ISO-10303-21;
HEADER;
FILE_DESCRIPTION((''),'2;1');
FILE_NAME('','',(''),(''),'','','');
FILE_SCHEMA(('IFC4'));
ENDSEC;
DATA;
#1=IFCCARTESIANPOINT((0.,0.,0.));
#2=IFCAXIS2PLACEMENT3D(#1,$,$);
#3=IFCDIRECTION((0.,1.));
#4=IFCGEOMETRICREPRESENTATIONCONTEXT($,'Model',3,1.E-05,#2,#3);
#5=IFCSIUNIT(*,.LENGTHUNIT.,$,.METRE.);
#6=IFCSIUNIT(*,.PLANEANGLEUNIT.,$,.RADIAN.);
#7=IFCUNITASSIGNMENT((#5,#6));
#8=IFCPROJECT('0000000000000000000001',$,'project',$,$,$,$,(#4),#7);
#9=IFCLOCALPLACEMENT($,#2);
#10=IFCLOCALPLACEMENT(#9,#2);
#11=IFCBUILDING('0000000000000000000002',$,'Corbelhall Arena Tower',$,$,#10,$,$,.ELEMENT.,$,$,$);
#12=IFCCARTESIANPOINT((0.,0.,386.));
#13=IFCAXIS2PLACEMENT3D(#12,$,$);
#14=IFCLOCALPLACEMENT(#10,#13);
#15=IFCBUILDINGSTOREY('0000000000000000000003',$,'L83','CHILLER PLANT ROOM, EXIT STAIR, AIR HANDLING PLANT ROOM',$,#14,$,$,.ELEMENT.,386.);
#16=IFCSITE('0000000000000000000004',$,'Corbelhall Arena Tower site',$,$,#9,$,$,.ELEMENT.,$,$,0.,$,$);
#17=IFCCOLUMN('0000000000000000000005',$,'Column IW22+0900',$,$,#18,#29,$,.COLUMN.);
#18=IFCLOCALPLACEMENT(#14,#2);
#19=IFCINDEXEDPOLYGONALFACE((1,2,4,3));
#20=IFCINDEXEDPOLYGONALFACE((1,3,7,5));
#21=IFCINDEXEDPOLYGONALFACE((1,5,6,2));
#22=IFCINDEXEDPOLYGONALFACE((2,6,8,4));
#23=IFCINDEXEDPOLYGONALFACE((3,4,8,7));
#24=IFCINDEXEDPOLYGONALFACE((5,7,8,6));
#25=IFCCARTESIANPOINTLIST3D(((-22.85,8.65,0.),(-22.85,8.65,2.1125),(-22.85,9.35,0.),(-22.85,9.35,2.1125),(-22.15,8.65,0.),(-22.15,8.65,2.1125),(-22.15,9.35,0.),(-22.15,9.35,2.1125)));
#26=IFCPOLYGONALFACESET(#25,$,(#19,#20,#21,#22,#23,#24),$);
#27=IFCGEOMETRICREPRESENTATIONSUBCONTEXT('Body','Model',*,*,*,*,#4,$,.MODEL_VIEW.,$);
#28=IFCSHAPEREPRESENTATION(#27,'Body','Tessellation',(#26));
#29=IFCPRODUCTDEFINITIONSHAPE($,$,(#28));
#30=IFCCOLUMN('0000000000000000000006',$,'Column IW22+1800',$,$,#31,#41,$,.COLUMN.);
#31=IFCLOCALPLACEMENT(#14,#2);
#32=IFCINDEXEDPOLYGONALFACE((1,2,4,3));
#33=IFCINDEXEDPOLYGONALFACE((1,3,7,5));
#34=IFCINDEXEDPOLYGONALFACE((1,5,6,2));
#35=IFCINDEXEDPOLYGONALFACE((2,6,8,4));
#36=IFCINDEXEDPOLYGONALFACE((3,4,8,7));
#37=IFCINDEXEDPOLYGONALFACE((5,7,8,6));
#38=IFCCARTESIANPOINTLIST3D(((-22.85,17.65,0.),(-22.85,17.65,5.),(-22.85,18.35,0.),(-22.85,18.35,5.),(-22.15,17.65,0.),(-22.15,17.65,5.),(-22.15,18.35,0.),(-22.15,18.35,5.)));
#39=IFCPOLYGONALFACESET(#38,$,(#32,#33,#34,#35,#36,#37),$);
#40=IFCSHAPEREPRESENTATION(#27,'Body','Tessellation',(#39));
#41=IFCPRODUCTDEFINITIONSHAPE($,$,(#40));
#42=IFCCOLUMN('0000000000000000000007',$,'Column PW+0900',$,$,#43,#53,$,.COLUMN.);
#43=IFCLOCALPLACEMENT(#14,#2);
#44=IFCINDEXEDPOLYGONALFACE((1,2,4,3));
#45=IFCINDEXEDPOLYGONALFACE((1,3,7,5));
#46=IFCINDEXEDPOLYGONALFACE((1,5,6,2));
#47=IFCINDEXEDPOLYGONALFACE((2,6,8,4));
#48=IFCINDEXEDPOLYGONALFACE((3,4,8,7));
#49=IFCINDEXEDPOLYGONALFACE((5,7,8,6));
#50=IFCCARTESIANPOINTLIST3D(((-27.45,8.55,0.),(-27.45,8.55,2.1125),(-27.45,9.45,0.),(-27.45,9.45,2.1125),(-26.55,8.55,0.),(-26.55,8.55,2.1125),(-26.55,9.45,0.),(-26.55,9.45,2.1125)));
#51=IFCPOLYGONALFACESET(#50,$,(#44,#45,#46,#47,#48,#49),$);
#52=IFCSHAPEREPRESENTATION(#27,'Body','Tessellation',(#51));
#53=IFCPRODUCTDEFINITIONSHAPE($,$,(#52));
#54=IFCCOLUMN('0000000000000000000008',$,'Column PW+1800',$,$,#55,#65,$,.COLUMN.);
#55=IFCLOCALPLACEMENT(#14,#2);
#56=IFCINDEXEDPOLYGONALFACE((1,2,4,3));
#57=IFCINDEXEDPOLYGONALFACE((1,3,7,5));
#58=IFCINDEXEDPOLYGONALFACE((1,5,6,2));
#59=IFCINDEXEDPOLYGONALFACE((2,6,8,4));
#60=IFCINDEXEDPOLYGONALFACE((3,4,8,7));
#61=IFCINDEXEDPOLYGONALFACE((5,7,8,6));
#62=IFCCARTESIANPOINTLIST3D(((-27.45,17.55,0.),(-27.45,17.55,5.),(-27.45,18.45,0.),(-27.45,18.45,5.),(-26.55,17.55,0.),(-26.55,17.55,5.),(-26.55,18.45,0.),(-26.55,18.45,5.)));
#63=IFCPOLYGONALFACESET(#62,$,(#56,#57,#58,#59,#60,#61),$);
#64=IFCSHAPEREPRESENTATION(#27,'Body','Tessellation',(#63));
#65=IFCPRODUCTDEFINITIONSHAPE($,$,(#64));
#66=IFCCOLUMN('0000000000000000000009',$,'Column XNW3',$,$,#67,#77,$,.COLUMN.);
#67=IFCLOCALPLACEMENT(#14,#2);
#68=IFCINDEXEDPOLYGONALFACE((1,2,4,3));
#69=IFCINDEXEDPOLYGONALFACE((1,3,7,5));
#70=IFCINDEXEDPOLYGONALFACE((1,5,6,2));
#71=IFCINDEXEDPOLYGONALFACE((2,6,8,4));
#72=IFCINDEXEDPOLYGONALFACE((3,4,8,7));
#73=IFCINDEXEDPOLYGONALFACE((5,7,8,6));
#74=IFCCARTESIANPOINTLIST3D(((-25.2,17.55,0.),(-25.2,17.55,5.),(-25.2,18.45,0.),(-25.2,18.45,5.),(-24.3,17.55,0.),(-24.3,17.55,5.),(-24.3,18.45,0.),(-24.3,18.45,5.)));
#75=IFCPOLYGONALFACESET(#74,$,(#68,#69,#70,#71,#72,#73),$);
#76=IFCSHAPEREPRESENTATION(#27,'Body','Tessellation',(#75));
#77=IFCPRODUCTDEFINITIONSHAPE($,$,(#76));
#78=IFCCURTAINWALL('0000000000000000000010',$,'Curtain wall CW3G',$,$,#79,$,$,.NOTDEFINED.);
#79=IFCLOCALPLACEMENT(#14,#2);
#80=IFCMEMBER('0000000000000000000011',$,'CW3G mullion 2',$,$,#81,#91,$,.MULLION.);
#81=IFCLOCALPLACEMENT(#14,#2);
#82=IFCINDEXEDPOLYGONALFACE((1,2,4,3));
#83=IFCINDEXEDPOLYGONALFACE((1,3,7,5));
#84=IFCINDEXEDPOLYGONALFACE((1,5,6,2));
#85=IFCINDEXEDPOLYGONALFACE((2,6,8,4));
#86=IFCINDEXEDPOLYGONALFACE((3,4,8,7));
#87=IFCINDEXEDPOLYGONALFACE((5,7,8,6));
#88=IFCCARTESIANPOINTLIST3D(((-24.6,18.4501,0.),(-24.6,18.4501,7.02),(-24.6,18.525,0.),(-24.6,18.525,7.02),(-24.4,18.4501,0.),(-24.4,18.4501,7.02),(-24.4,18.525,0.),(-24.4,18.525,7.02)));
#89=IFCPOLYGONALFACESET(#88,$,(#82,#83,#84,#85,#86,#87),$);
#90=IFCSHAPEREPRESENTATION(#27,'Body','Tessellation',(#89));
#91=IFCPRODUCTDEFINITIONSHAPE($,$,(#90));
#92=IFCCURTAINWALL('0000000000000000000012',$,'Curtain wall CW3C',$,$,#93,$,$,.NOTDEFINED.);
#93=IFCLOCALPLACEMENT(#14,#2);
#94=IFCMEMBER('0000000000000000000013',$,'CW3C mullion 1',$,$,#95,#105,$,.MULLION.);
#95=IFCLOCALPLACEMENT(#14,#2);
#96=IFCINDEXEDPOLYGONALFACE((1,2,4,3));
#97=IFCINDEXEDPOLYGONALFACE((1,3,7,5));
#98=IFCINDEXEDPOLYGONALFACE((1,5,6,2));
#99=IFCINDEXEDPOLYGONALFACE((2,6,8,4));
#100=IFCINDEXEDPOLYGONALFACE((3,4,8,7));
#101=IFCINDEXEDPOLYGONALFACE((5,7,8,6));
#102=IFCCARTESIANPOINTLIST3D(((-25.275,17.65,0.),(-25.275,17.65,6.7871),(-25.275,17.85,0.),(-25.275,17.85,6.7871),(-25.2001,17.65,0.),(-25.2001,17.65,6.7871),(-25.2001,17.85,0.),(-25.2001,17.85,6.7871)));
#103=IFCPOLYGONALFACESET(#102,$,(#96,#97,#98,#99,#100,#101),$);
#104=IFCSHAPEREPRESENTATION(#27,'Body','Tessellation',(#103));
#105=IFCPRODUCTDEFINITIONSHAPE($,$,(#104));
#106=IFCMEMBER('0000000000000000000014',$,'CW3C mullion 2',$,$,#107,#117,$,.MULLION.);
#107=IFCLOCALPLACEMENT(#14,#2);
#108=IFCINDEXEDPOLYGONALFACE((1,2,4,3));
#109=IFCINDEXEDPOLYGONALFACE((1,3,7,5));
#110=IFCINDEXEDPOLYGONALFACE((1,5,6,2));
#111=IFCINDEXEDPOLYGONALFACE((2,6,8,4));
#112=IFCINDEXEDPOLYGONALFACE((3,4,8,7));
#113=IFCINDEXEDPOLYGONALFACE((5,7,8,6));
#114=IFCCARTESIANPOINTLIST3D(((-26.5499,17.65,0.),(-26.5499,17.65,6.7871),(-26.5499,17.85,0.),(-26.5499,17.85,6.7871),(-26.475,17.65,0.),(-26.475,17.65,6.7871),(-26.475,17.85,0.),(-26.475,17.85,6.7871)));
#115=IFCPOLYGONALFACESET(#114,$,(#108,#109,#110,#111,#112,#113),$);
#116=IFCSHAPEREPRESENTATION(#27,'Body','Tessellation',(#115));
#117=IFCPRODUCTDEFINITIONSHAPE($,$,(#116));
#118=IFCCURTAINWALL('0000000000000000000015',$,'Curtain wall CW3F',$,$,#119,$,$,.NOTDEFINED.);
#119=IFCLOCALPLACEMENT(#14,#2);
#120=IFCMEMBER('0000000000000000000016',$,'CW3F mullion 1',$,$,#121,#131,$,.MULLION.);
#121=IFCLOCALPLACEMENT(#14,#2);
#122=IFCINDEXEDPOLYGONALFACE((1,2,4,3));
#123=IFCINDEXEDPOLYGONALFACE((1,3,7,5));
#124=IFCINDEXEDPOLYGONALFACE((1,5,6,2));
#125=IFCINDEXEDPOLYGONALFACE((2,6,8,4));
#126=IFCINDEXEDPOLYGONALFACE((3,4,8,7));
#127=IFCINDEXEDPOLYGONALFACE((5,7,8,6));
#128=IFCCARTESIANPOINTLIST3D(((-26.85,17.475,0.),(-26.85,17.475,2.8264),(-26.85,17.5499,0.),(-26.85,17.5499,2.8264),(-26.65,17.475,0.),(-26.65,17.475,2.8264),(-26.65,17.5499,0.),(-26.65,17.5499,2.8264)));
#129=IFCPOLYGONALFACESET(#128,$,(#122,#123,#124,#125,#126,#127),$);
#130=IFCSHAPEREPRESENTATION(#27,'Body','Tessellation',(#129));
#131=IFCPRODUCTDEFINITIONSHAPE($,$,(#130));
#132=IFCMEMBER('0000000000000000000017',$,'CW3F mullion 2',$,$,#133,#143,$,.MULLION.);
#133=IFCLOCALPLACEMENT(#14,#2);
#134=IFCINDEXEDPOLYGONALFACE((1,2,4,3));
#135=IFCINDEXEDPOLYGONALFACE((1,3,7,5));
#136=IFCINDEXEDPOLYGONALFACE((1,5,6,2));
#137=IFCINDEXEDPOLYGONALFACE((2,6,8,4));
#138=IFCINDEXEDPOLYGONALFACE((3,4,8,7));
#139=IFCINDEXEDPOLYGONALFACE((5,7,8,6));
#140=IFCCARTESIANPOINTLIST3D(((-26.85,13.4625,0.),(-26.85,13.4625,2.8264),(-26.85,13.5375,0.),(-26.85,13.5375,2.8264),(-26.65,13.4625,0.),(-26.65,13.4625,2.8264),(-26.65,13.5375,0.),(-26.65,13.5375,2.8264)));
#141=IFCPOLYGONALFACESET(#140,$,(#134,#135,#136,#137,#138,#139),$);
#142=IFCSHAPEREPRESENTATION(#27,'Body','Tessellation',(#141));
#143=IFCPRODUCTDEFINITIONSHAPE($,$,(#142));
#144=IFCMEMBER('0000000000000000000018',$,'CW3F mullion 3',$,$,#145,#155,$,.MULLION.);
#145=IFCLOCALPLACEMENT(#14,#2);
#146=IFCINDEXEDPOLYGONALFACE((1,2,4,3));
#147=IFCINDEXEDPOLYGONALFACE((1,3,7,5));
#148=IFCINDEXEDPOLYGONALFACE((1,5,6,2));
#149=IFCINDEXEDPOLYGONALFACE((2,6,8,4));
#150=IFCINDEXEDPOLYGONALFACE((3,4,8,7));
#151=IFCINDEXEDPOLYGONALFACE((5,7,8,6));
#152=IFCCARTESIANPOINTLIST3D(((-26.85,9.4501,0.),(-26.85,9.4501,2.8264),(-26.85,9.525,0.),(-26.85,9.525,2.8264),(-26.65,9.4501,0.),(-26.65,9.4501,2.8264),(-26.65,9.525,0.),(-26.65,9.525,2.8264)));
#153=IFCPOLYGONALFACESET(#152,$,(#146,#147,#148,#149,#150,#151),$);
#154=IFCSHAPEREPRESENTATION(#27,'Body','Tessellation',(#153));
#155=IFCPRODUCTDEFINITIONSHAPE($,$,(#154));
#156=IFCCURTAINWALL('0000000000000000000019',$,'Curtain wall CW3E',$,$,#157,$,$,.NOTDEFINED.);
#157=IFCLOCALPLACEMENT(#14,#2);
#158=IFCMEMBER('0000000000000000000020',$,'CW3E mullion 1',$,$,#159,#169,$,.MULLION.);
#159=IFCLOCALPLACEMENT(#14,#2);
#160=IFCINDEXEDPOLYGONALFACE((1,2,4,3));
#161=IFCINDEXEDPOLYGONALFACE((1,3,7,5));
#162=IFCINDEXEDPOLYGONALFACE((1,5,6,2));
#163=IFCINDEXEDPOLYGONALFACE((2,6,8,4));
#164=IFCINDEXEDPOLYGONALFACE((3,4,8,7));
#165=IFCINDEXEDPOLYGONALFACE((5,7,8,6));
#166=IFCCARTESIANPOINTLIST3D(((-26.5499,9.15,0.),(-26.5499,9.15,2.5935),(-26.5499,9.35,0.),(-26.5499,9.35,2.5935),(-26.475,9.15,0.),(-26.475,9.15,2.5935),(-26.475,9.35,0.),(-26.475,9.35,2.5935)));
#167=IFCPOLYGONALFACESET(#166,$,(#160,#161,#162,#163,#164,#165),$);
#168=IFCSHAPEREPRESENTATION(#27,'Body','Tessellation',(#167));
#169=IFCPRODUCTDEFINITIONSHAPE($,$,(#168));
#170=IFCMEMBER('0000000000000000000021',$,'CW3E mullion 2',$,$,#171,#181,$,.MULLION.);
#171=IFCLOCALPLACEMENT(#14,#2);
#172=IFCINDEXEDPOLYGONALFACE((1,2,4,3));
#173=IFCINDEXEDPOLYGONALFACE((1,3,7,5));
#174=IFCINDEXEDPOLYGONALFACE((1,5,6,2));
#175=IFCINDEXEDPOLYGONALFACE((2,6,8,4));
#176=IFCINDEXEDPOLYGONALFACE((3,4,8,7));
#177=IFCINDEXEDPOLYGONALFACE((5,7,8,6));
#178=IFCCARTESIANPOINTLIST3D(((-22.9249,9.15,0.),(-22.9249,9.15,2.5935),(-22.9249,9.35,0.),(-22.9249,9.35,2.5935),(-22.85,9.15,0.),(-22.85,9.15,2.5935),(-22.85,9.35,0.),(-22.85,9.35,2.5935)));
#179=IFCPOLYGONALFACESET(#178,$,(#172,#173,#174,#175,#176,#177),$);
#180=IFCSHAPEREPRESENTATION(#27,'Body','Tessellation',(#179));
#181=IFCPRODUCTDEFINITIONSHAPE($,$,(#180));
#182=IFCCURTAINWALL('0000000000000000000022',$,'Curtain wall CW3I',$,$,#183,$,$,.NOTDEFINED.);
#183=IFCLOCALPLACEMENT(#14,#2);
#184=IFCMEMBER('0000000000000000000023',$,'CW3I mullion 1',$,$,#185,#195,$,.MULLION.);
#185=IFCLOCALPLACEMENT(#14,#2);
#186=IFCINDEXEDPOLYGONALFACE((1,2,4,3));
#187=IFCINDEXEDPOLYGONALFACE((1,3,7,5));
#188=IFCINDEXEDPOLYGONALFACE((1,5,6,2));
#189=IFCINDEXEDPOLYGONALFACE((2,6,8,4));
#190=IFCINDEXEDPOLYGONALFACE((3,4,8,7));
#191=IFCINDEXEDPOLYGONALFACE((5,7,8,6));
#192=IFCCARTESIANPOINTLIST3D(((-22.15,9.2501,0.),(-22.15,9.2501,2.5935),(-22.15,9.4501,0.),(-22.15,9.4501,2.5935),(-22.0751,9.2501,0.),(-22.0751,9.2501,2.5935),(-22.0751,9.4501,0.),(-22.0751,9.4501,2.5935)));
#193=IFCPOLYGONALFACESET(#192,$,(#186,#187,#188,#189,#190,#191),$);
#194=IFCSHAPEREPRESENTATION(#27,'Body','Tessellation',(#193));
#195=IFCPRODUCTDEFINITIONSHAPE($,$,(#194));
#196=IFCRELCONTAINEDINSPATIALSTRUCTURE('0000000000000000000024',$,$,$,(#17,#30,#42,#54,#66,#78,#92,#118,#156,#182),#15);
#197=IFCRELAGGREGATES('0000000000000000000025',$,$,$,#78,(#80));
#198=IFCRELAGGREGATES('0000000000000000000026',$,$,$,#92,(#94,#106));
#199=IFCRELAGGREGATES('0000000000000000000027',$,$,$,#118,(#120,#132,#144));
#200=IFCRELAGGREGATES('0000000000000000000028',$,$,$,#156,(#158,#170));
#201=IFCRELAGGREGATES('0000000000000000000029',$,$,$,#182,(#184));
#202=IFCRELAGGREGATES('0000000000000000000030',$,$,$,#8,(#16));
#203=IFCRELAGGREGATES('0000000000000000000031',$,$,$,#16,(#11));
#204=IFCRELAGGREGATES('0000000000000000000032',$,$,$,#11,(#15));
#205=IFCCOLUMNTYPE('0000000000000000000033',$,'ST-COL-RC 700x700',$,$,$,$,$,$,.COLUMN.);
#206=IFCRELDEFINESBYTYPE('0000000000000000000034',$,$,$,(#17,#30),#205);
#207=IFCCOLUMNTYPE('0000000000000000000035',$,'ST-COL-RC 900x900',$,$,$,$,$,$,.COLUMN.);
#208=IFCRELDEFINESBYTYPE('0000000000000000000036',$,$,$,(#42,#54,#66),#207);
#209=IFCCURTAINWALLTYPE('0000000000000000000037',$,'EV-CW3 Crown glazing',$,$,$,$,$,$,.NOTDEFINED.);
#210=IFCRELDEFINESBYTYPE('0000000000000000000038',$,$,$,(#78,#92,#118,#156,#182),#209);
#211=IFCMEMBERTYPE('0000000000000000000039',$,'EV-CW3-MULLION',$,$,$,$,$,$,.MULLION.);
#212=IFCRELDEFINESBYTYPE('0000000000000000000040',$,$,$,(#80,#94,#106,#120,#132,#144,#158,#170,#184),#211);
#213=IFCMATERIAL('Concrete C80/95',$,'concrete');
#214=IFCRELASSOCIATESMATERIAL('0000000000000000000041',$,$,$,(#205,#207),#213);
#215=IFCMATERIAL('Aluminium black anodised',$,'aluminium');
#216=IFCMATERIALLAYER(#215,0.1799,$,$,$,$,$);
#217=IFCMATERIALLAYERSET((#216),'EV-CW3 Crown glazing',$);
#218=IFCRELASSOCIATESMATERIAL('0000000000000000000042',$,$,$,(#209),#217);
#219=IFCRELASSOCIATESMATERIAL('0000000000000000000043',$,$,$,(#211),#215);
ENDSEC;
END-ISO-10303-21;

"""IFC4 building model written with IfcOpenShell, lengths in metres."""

from ifc_helpers import new_model, si_unit, direction, frame, origin, origin_2d, place, context, subcontext, project, spatial, rectangle, extrude, material, layer, layer_set, material_profile, profile_set, type_object, element, aggregate, save


model = new_model("IFC4")

# Units and contexts
model_context = context("Model", 3, precision=1e-05, world=origin(), true_north=direction((0.0, 1.0)))
body_context = subcontext(model_context, "Body", "Model", "MODEL_VIEW")
ifc_project = project(units=[si_unit("LENGTHUNIT", "METRE"), si_unit("PLANEANGLEUNIT", "RADIAN")], contexts=[model_context])

# Site, building, storey
site_placement = place(None, origin())
site = spatial("IfcSite", under=ifc_project, at=site_placement, Name="Corbelhall Arena Tower site", CompositionType="ELEMENT", RefElevation=0.0)
building_placement = place(site_placement, origin())
building = spatial("IfcBuilding", under=site, at=building_placement, Name="Corbelhall Arena Tower", CompositionType="ELEMENT")
storey_placement = place(building_placement, frame((0.0, 0.0, 386.0)))
storey = spatial("IfcBuildingStorey", under=building, at=storey_placement, Name="L83", Description="CHILLER PLANT ROOM, EXIT STAIR, AIR HANDLING PLANT ROOM", CompositionType="ELEMENT", Elevation=386.0)

# Columns
ifc_material_1 = material(Name="Concrete C80/95", Category="concrete")
ifc_material_profile_1 = material_profile(ifc_material_1, rectangle(XDim=0.7, YDim=0.7, at=origin_2d()))
ifc_profile_set_1 = profile_set([ifc_material_profile_1], Name="Concrete C80/95")
column_type_1 = type_object("IfcColumnType", Name="ST-COL-RC 700x700", PredefinedType="COLUMN", material=ifc_profile_set_1)
column_1_placement = place(storey_placement, frame((-22.5, 9.0, 0.0), z_axis=(0.0, 0.0, 1.0), x_axis=(1.0, 0.0, 0.0)))
element("IfcColumn", 1, at=column_1_placement, inside=storey, type_object=column_type_1, Name="Column IW22+0900", PredefinedType="COLUMN", context=body_context, shape_type="SweptSolid", body=[
    extrude(rectangle(XDim=0.7, YDim=0.7, at=origin_2d()), origin(), (0.0, 0.0, 1.0), 2.1125),
])
column_2_placement = place(storey_placement, frame((-22.5, 18.0, 0.0), z_axis=(0.0, 0.0, 1.0), x_axis=(1.0, 0.0, 0.0)))
element("IfcColumn", 2, at=column_2_placement, inside=storey, type_object=column_type_1, Name="Column IW22+1800", PredefinedType="COLUMN", context=body_context, shape_type="SweptSolid", body=[
    extrude(rectangle(XDim=0.7, YDim=0.7, at=origin_2d()), origin(), (0.0, 0.0, 1.0), 5.0),
])
ifc_material_profile_2 = material_profile(ifc_material_1, rectangle(XDim=0.8999, YDim=0.8999, at=origin_2d()))
ifc_profile_set_2 = profile_set([ifc_material_profile_2], Name="Concrete C80/95")
column_type_2 = type_object("IfcColumnType", Name="ST-COL-RC 900x900", PredefinedType="COLUMN", material=ifc_profile_set_2)
column_3_placement = place(storey_placement, frame((-27.0, 9.0, 0.0), z_axis=(0.0, 0.0, 1.0), x_axis=(0.0, 1.0, 0.0)))
element("IfcColumn", 3, at=column_3_placement, inside=storey, type_object=column_type_2, Name="Column PW+0900", PredefinedType="COLUMN", context=body_context, shape_type="SweptSolid", body=[
    extrude(rectangle(XDim=0.8999, YDim=0.8999, at=origin_2d()), origin(), (0.0, 0.0, 1.0), 2.1125),
])
for number, where, z_axis, x_axis, name in (
    (4, (-27.0, 18.0, 0.0), (0.0, 0.0, 1.0), (0.0, 1.0, 0.0), "Column PW+1800"),
    (5, (-24.75, 18.0, 0.0), (0.0, 0.0, 1.0), (1.0, 0.0, 0.0), "Column XNW3"),
):
    element("IfcColumn", number, at=place(storey_placement, frame(where, z_axis=z_axis, x_axis=x_axis)), inside=storey, type_object=column_type_2, Name=name, PredefinedType="COLUMN", context=body_context, shape_type="SweptSolid", body=[
        extrude(rectangle(XDim=0.8999, YDim=0.8999, at=origin_2d()), origin(), (0.0, 0.0, 1.0), 5.0),
    ])

# Curtain wall, member
ifc_material_2 = material(Name="Aluminium black anodised", Category="aluminium")
ifc_layer_1 = layer(ifc_material_2, 0.1799)
ifc_layer_set_1 = layer_set([ifc_layer_1], Name="EV-CW3 Crown glazing")
curtain_wall_type = type_object("IfcCurtainWallType", Name="EV-CW3 Crown glazing", PredefinedType="NOTDEFINED", material=ifc_layer_set_1)
curtain_wall_1_placement = place(storey_placement, origin())
curtain_wall_1 = element("IfcCurtainWall", 6, at=curtain_wall_1_placement, inside=storey, type_object=curtain_wall_type, Name="Curtain wall CW3G", PredefinedType="NOTDEFINED")
ifc_material_profile_3 = material_profile(ifc_material_2, rectangle(XDim=0.2, YDim=0.075, at=origin_2d()))
ifc_profile_set_3 = profile_set([ifc_material_profile_3], Name="Aluminium black anodised")
member_type = type_object("IfcMemberType", Name="EV-CW3-MULLION", PredefinedType="MULLION", material=ifc_profile_set_3)
member_1_placement = place(storey_placement, frame((-24.5, 18.4875, 0.0), z_axis=(0.0, 0.0, 1.0), x_axis=(1.0, 0.0, 0.0)))
member_1 = element("IfcMember", 7, at=member_1_placement, type_object=member_type, Name="CW3G mullion 2", PredefinedType="MULLION", context=body_context, shape_type="SweptSolid", body=[
    extrude(rectangle(XDim=0.2, YDim=0.075, at=origin_2d()), origin(), (0.0, 0.0, 1.0), 7.02),
])
aggregate(curtain_wall_1, [member_1])

# Curtain walls, members
curtain_wall_2_placement = place(storey_placement, origin())
curtain_wall_2 = element("IfcCurtainWall", 8, at=curtain_wall_2_placement, inside=storey, type_object=curtain_wall_type, Name="Curtain wall CW3C", PredefinedType="NOTDEFINED")
member_2_placement = place(storey_placement, frame((-25.2375, 17.75, 0.0), z_axis=(0.0, 0.0, 1.0), x_axis=(0.0, -1.0, 0.0)))
member_2 = element("IfcMember", 9, at=member_2_placement, type_object=member_type, Name="CW3C mullion 1", PredefinedType="MULLION", context=body_context, shape_type="SweptSolid", body=[
    extrude(rectangle(XDim=0.2, YDim=0.075, at=origin_2d()), origin(), (0.0, 0.0, 1.0), 6.7871),
])
member_3_placement = place(storey_placement, frame((-26.5125, 17.75, 0.0), z_axis=(0.0, 0.0, 1.0), x_axis=(0.0, -1.0, 0.0)))
member_3 = element("IfcMember", 10, at=member_3_placement, type_object=member_type, Name="CW3C mullion 2", PredefinedType="MULLION", context=body_context, shape_type="SweptSolid", body=[
    extrude(rectangle(XDim=0.2, YDim=0.075, at=origin_2d()), origin(), (0.0, 0.0, 1.0), 6.7871),
])
aggregate(curtain_wall_2, [member_2, member_3])
curtain_wall_3_placement = place(storey_placement, origin())
curtain_wall_3 = element("IfcCurtainWall", 11, at=curtain_wall_3_placement, inside=storey, type_object=curtain_wall_type, Name="Curtain wall CW3F", PredefinedType="NOTDEFINED")
member_4_placement = place(storey_placement, frame((-26.75, 17.5125, 0.0), z_axis=(0.0, 0.0, 1.0), x_axis=(1.0, 0.0, 0.0)))
member_4 = element("IfcMember", 12, at=member_4_placement, type_object=member_type, Name="CW3F mullion 1", PredefinedType="MULLION", context=body_context, shape_type="SweptSolid", body=[
    extrude(rectangle(XDim=0.2, YDim=0.075, at=origin_2d()), origin(), (0.0, 0.0, 1.0), 2.8264),
])
member_5_placement = place(storey_placement, frame((-26.75, 13.5, 0.0), z_axis=(0.0, 0.0, 1.0), x_axis=(1.0, 0.0, 0.0)))
member_5 = element("IfcMember", 13, at=member_5_placement, type_object=member_type, Name="CW3F mullion 2", PredefinedType="MULLION", context=body_context, shape_type="SweptSolid", body=[
    extrude(rectangle(XDim=0.2, YDim=0.075, at=origin_2d()), origin(), (0.0, 0.0, 1.0), 2.8264),
])
member_6_placement = place(storey_placement, frame((-26.75, 9.4875, 0.0), z_axis=(0.0, 0.0, 1.0), x_axis=(1.0, 0.0, 0.0)))
member_6 = element("IfcMember", 14, at=member_6_placement, type_object=member_type, Name="CW3F mullion 3", PredefinedType="MULLION", context=body_context, shape_type="SweptSolid", body=[
    extrude(rectangle(XDim=0.2, YDim=0.075, at=origin_2d()), origin(), (0.0, 0.0, 1.0), 2.8264),
])
aggregate(curtain_wall_3, [member_4, member_5, member_6])
curtain_wall_4_placement = place(storey_placement, origin())
curtain_wall_4 = element("IfcCurtainWall", 15, at=curtain_wall_4_placement, inside=storey, type_object=curtain_wall_type, Name="Curtain wall CW3E", PredefinedType="NOTDEFINED")
member_7_placement = place(storey_placement, frame((-26.5125, 9.25, 0.0), z_axis=(0.0, 0.0, 1.0), x_axis=(0.0, 1.0, 0.0)))
member_7 = element("IfcMember", 16, at=member_7_placement, type_object=member_type, Name="CW3E mullion 1", PredefinedType="MULLION", context=body_context, shape_type="SweptSolid", body=[
    extrude(rectangle(XDim=0.2, YDim=0.075, at=origin_2d()), origin(), (0.0, 0.0, 1.0), 2.5935),
])
member_8_placement = place(storey_placement, frame((-22.8875, 9.25, 0.0), z_axis=(0.0, 0.0, 1.0), x_axis=(0.0, 1.0, 0.0)))
member_8 = element("IfcMember", 17, at=member_8_placement, type_object=member_type, Name="CW3E mullion 2", PredefinedType="MULLION", context=body_context, shape_type="SweptSolid", body=[
    extrude(rectangle(XDim=0.2, YDim=0.075, at=origin_2d()), origin(), (0.0, 0.0, 1.0), 2.5935),
])
aggregate(curtain_wall_4, [member_7, member_8])

# Curtain wall, member
curtain_wall_5_placement = place(storey_placement, origin())
curtain_wall_5 = element("IfcCurtainWall", 18, at=curtain_wall_5_placement, inside=storey, type_object=curtain_wall_type, Name="Curtain wall CW3I", PredefinedType="NOTDEFINED")
member_9_placement = place(storey_placement, frame((-22.1125, 9.3501, 0.0), z_axis=(0.0, 0.0, 1.0), x_axis=(0.0, 1.0, 0.0)))
member_9 = element("IfcMember", 19, at=member_9_placement, type_object=member_type, Name="CW3I mullion 1", PredefinedType="MULLION", context=body_context, shape_type="SweptSolid", body=[
    extrude(rectangle(XDim=0.2, YDim=0.075, at=origin_2d()), origin(), (0.0, 0.0, 1.0), 2.5935),
])
aggregate(curtain_wall_5, [member_9])

save(model, "model.ifc")
